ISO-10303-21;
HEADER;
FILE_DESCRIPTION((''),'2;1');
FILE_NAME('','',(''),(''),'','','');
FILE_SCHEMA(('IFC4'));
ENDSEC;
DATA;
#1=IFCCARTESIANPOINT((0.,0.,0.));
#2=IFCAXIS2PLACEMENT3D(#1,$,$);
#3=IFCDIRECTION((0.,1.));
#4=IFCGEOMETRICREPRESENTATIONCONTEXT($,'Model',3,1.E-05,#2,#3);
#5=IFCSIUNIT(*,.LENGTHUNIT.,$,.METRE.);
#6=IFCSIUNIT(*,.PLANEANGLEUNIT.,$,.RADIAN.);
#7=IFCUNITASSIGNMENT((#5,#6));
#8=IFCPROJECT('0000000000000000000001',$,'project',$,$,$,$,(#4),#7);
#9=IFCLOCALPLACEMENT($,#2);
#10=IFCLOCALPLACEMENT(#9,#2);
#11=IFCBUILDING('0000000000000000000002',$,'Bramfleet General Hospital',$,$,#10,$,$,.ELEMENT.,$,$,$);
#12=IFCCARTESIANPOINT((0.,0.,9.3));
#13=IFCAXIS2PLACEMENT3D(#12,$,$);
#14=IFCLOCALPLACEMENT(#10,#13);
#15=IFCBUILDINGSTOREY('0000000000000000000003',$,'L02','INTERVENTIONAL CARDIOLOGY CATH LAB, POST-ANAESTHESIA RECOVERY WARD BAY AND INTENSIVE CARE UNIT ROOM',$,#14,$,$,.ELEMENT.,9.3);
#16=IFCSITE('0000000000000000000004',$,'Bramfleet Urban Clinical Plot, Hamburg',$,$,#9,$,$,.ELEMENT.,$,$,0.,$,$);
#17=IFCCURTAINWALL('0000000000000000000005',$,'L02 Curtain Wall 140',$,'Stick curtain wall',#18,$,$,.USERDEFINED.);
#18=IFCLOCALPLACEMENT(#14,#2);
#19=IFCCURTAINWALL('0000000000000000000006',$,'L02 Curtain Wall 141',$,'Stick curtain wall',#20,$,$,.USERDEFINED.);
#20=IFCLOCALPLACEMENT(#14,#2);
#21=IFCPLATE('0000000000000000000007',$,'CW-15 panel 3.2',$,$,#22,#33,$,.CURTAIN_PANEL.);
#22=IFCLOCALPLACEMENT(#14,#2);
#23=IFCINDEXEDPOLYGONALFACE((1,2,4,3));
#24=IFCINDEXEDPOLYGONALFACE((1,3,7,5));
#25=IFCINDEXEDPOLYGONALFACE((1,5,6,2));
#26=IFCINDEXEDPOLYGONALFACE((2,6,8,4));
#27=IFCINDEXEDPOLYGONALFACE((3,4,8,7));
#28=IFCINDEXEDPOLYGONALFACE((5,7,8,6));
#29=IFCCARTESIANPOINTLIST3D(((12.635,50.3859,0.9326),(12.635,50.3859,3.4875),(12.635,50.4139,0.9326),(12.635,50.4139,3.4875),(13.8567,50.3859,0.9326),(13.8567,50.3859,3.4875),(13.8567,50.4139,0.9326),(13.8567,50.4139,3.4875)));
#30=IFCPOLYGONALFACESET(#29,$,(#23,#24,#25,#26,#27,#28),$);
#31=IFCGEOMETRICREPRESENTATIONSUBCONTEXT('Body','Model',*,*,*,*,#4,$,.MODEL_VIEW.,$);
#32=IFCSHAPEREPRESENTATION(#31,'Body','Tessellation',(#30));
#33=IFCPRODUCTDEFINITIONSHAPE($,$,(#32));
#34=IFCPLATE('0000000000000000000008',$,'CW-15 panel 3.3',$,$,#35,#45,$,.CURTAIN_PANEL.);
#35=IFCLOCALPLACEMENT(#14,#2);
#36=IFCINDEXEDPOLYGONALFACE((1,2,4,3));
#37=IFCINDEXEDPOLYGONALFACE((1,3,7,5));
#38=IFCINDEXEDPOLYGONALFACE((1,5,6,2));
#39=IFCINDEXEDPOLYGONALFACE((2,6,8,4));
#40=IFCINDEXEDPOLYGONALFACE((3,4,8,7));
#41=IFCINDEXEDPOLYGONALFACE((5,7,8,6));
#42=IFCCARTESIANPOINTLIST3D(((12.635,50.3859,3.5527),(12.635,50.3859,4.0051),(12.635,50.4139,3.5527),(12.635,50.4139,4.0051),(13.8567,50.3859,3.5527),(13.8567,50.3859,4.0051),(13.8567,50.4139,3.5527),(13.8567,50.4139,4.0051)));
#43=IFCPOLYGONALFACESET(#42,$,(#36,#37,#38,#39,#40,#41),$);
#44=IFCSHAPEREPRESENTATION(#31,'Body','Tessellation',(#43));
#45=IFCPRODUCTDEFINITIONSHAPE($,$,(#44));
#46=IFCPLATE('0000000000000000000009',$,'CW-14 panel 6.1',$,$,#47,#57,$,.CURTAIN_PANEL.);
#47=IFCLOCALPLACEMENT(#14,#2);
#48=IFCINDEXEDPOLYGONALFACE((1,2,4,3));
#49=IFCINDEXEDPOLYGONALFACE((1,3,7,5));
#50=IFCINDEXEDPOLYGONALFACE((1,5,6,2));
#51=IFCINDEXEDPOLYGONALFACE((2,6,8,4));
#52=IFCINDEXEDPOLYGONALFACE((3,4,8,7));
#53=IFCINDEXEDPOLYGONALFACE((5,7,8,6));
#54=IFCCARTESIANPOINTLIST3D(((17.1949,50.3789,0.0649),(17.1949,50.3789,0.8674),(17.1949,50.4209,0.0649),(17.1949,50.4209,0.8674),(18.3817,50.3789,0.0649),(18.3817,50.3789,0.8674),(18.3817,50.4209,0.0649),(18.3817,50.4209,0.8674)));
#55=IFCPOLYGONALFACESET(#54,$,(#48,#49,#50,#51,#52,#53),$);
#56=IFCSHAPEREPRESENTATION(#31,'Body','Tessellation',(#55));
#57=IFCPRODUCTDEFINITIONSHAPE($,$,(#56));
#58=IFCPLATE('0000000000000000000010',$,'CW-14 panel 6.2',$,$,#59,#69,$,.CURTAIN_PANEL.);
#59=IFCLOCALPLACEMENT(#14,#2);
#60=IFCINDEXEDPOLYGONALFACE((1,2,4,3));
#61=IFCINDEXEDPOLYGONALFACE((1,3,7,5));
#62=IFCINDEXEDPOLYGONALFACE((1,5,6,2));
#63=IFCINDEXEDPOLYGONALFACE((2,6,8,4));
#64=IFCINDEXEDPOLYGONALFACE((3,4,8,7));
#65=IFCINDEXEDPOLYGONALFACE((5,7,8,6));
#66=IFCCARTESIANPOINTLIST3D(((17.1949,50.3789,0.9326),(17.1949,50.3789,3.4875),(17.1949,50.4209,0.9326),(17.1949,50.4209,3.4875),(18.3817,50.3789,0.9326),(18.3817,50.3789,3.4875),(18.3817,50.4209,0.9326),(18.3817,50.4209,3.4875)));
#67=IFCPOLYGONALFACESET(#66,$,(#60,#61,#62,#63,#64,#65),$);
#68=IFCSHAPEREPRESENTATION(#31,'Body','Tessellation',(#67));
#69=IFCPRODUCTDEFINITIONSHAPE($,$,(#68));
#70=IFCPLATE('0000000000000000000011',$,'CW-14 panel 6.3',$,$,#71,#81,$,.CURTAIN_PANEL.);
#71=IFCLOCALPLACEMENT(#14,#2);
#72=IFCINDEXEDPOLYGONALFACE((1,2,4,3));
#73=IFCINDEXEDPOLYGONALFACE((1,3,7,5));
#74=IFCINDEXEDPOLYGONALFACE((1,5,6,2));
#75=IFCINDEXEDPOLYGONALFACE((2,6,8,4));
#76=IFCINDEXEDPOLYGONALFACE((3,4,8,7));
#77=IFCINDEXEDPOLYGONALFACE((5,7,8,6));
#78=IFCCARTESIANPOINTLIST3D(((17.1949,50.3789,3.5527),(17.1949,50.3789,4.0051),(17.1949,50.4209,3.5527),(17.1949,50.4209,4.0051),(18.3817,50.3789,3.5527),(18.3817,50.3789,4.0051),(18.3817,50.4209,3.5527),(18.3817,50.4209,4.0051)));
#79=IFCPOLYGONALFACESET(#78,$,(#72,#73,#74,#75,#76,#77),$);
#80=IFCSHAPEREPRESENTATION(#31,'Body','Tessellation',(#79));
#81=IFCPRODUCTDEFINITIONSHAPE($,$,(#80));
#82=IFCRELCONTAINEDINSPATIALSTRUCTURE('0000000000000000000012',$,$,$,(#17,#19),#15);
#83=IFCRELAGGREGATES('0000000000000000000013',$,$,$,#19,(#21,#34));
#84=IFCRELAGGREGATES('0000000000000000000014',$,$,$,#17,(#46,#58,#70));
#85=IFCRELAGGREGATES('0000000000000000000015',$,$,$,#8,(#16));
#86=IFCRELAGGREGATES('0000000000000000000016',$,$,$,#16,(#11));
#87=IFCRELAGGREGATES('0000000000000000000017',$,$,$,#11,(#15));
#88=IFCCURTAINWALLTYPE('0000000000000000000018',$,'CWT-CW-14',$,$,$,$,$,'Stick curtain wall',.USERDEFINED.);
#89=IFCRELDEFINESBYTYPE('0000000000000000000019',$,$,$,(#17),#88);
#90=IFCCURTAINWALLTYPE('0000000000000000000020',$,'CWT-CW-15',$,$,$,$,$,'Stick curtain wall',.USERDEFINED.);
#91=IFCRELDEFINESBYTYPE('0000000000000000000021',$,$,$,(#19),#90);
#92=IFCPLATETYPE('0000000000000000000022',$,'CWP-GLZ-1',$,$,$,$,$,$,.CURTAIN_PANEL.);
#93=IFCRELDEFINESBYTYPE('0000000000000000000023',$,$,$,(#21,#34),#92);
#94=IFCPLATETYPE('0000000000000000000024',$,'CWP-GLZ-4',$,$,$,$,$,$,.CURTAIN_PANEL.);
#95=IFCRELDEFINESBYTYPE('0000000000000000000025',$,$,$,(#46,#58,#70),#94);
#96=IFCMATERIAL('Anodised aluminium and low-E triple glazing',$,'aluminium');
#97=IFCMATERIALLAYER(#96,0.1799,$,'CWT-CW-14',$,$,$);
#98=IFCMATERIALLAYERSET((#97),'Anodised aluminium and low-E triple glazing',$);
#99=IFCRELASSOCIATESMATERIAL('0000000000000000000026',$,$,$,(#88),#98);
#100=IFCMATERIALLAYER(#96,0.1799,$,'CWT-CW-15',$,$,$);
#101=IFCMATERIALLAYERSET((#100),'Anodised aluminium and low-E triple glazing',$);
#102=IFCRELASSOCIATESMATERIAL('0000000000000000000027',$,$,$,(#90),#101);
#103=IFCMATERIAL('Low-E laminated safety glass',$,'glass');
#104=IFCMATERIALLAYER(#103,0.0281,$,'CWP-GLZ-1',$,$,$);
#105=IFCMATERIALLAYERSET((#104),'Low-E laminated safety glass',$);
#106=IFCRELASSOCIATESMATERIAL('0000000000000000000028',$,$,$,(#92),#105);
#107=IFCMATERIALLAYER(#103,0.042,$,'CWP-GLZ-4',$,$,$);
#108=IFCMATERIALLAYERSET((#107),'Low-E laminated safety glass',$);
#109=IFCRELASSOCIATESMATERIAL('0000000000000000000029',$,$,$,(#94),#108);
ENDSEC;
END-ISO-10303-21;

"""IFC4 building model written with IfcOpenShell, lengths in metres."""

from ifc_helpers import new_model, si_unit, direction, frame, origin, origin_2d, place, context, subcontext, project, spatial, rectangle, extrude, material, layer, layer_set, type_object, element, aggregate, save


model = new_model("IFC4")

# Units and contexts
model_context = context("Model", 3, precision=1e-05, world=origin(), true_north=direction((0.0, 1.0)))
body_context = subcontext(model_context, "Body", "Model", "MODEL_VIEW")
ifc_project = project(units=[si_unit("LENGTHUNIT", "METRE"), si_unit("PLANEANGLEUNIT", "RADIAN")], contexts=[model_context])

# Site, building, storey
site_placement = place(None, origin())
site = spatial("IfcSite", under=ifc_project, at=site_placement, Name="Bramfleet Urban Clinical Plot, Hamburg", CompositionType="ELEMENT", RefElevation=0.0)
building_placement = place(site_placement, origin())
building = spatial("IfcBuilding", under=site, at=building_placement, Name="Bramfleet General Hospital", CompositionType="ELEMENT")
storey_placement = place(building_placement, frame((0.0, 0.0, 9.3)))
storey = spatial("IfcBuildingStorey", under=building, at=storey_placement, Name="L02", Description="INTERVENTIONAL CARDIOLOGY CATH LAB, POST-ANAESTHESIA RECOVERY WARD BAY AND INTENSIVE CARE UNIT ROOM", CompositionType="ELEMENT", Elevation=9.3)

# Curtain wall
ifc_material_1 = material(Name="Anodised aluminium and low-E triple glazing", Category="aluminium")
ifc_layer_1 = layer(ifc_material_1, 0.1799, Name="CWT-CW-14")
ifc_layer_set_1 = layer_set([ifc_layer_1], Name="Anodised aluminium and low-E triple glazing")
curtain_wall_type_1 = type_object("IfcCurtainWallType", Name="CWT-CW-14", ElementType="Stick curtain wall", PredefinedType="USERDEFINED", material=ifc_layer_set_1)
curtain_wall_1_placement = place(storey_placement, origin())
curtain_wall_1 = element("IfcCurtainWall", 1, at=curtain_wall_1_placement, inside=storey, type_object=curtain_wall_type_1, Name="L02 Curtain Wall 140", ObjectType="Stick curtain wall", PredefinedType="USERDEFINED")

# Curtain wall
ifc_layer_2 = layer(ifc_material_1, 0.1799, Name="CWT-CW-15")
ifc_layer_set_2 = layer_set([ifc_layer_2], Name="Anodised aluminium and low-E triple glazing")
curtain_wall_type_2 = type_object("IfcCurtainWallType", Name="CWT-CW-15", ElementType="Stick curtain wall", PredefinedType="USERDEFINED", material=ifc_layer_set_2)
curtain_wall_2_placement = place(storey_placement, origin())
curtain_wall_2 = element("IfcCurtainWall", 2, at=curtain_wall_2_placement, inside=storey, type_object=curtain_wall_type_2, Name="L02 Curtain Wall 141", ObjectType="Stick curtain wall", PredefinedType="USERDEFINED")

# Plates
ifc_material_2 = material(Name="Low-E laminated safety glass", Category="glass")
ifc_layer_3 = layer(ifc_material_2, 0.0281, Name="CWP-GLZ-1")
ifc_layer_set_3 = layer_set([ifc_layer_3], Name="Low-E laminated safety glass")
plate_type_1 = type_object("IfcPlateType", Name="CWP-GLZ-1", PredefinedType="CURTAIN_PANEL", material=ifc_layer_set_3)
plate_1_placement = place(storey_placement, frame((13.2458, 50.3999, 0.9326), z_axis=(0.0, 0.0, 1.0), x_axis=(-1.0, 0.0, 0.0)))
plate_1 = element("IfcPlate", 3, at=plate_1_placement, type_object=plate_type_1, Name="CW-15 panel 3.2", PredefinedType="CURTAIN_PANEL", context=body_context, shape_type="SweptSolid", body=[
    extrude(rectangle(XDim=1.2217, YDim=0.0281, at=origin_2d()), origin(), (0.0, 0.0, 1.0), 2.5549),
])
plate_2_placement = place(storey_placement, frame((13.2458, 50.3999, 3.5527), z_axis=(0.0, 0.0, 1.0), x_axis=(-1.0, 0.0, 0.0)))
plate_2 = element("IfcPlate", 4, at=plate_2_placement, type_object=plate_type_1, Name="CW-15 panel 3.3", PredefinedType="CURTAIN_PANEL", context=body_context, shape_type="SweptSolid", body=[
    extrude(rectangle(XDim=1.2217, YDim=0.0281, at=origin_2d()), origin(), (0.0, 0.0, 1.0), 0.4524),
])
aggregate(curtain_wall_2, [plate_1, plate_2])
ifc_layer_4 = layer(ifc_material_2, 0.042, Name="CWP-GLZ-4")
ifc_layer_set_4 = layer_set([ifc_layer_4], Name="Low-E laminated safety glass")
plate_type_2 = type_object("IfcPlateType", Name="CWP-GLZ-4", PredefinedType="CURTAIN_PANEL", material=ifc_layer_set_4)
plate_3_placement = place(storey_placement, frame((17.7883, 50.3999, 0.0649), z_axis=(0.0, 0.0, 1.0), x_axis=(-1.0, 0.0, 0.0)))
plate_3 = element("IfcPlate", 5, at=plate_3_placement, type_object=plate_type_2, Name="CW-14 panel 6.1", PredefinedType="CURTAIN_PANEL", context=body_context, shape_type="SweptSolid", body=[
    extrude(rectangle(XDim=1.1868, YDim=0.042, at=origin_2d()), origin(), (0.0, 0.0, 1.0), 0.8025),
])
plate_4_placement = place(storey_placement, frame((17.7883, 50.3999, 0.9326), z_axis=(0.0, 0.0, 1.0), x_axis=(-1.0, 0.0, 0.0)))
plate_4 = element("IfcPlate", 6, at=plate_4_placement, type_object=plate_type_2, Name="CW-14 panel 6.2", PredefinedType="CURTAIN_PANEL", context=body_context, shape_type="SweptSolid", body=[
    extrude(rectangle(XDim=1.1868, YDim=0.042, at=origin_2d()), origin(), (0.0, 0.0, 1.0), 2.5549),
])
plate_5_placement = place(storey_placement, frame((17.7883, 50.3999, 3.5527), z_axis=(0.0, 0.0, 1.0), x_axis=(-1.0, 0.0, 0.0)))
plate_5 = element("IfcPlate", 7, at=plate_5_placement, type_object=plate_type_2, Name="CW-14 panel 6.3", PredefinedType="CURTAIN_PANEL", context=body_context, shape_type="SweptSolid", body=[
    extrude(rectangle(XDim=1.1868, YDim=0.042, at=origin_2d()), origin(), (0.0, 0.0, 1.0), 0.4524),
])
aggregate(curtain_wall_1, [plate_3, plate_4, plate_5])

save(model, "model.ifc")
